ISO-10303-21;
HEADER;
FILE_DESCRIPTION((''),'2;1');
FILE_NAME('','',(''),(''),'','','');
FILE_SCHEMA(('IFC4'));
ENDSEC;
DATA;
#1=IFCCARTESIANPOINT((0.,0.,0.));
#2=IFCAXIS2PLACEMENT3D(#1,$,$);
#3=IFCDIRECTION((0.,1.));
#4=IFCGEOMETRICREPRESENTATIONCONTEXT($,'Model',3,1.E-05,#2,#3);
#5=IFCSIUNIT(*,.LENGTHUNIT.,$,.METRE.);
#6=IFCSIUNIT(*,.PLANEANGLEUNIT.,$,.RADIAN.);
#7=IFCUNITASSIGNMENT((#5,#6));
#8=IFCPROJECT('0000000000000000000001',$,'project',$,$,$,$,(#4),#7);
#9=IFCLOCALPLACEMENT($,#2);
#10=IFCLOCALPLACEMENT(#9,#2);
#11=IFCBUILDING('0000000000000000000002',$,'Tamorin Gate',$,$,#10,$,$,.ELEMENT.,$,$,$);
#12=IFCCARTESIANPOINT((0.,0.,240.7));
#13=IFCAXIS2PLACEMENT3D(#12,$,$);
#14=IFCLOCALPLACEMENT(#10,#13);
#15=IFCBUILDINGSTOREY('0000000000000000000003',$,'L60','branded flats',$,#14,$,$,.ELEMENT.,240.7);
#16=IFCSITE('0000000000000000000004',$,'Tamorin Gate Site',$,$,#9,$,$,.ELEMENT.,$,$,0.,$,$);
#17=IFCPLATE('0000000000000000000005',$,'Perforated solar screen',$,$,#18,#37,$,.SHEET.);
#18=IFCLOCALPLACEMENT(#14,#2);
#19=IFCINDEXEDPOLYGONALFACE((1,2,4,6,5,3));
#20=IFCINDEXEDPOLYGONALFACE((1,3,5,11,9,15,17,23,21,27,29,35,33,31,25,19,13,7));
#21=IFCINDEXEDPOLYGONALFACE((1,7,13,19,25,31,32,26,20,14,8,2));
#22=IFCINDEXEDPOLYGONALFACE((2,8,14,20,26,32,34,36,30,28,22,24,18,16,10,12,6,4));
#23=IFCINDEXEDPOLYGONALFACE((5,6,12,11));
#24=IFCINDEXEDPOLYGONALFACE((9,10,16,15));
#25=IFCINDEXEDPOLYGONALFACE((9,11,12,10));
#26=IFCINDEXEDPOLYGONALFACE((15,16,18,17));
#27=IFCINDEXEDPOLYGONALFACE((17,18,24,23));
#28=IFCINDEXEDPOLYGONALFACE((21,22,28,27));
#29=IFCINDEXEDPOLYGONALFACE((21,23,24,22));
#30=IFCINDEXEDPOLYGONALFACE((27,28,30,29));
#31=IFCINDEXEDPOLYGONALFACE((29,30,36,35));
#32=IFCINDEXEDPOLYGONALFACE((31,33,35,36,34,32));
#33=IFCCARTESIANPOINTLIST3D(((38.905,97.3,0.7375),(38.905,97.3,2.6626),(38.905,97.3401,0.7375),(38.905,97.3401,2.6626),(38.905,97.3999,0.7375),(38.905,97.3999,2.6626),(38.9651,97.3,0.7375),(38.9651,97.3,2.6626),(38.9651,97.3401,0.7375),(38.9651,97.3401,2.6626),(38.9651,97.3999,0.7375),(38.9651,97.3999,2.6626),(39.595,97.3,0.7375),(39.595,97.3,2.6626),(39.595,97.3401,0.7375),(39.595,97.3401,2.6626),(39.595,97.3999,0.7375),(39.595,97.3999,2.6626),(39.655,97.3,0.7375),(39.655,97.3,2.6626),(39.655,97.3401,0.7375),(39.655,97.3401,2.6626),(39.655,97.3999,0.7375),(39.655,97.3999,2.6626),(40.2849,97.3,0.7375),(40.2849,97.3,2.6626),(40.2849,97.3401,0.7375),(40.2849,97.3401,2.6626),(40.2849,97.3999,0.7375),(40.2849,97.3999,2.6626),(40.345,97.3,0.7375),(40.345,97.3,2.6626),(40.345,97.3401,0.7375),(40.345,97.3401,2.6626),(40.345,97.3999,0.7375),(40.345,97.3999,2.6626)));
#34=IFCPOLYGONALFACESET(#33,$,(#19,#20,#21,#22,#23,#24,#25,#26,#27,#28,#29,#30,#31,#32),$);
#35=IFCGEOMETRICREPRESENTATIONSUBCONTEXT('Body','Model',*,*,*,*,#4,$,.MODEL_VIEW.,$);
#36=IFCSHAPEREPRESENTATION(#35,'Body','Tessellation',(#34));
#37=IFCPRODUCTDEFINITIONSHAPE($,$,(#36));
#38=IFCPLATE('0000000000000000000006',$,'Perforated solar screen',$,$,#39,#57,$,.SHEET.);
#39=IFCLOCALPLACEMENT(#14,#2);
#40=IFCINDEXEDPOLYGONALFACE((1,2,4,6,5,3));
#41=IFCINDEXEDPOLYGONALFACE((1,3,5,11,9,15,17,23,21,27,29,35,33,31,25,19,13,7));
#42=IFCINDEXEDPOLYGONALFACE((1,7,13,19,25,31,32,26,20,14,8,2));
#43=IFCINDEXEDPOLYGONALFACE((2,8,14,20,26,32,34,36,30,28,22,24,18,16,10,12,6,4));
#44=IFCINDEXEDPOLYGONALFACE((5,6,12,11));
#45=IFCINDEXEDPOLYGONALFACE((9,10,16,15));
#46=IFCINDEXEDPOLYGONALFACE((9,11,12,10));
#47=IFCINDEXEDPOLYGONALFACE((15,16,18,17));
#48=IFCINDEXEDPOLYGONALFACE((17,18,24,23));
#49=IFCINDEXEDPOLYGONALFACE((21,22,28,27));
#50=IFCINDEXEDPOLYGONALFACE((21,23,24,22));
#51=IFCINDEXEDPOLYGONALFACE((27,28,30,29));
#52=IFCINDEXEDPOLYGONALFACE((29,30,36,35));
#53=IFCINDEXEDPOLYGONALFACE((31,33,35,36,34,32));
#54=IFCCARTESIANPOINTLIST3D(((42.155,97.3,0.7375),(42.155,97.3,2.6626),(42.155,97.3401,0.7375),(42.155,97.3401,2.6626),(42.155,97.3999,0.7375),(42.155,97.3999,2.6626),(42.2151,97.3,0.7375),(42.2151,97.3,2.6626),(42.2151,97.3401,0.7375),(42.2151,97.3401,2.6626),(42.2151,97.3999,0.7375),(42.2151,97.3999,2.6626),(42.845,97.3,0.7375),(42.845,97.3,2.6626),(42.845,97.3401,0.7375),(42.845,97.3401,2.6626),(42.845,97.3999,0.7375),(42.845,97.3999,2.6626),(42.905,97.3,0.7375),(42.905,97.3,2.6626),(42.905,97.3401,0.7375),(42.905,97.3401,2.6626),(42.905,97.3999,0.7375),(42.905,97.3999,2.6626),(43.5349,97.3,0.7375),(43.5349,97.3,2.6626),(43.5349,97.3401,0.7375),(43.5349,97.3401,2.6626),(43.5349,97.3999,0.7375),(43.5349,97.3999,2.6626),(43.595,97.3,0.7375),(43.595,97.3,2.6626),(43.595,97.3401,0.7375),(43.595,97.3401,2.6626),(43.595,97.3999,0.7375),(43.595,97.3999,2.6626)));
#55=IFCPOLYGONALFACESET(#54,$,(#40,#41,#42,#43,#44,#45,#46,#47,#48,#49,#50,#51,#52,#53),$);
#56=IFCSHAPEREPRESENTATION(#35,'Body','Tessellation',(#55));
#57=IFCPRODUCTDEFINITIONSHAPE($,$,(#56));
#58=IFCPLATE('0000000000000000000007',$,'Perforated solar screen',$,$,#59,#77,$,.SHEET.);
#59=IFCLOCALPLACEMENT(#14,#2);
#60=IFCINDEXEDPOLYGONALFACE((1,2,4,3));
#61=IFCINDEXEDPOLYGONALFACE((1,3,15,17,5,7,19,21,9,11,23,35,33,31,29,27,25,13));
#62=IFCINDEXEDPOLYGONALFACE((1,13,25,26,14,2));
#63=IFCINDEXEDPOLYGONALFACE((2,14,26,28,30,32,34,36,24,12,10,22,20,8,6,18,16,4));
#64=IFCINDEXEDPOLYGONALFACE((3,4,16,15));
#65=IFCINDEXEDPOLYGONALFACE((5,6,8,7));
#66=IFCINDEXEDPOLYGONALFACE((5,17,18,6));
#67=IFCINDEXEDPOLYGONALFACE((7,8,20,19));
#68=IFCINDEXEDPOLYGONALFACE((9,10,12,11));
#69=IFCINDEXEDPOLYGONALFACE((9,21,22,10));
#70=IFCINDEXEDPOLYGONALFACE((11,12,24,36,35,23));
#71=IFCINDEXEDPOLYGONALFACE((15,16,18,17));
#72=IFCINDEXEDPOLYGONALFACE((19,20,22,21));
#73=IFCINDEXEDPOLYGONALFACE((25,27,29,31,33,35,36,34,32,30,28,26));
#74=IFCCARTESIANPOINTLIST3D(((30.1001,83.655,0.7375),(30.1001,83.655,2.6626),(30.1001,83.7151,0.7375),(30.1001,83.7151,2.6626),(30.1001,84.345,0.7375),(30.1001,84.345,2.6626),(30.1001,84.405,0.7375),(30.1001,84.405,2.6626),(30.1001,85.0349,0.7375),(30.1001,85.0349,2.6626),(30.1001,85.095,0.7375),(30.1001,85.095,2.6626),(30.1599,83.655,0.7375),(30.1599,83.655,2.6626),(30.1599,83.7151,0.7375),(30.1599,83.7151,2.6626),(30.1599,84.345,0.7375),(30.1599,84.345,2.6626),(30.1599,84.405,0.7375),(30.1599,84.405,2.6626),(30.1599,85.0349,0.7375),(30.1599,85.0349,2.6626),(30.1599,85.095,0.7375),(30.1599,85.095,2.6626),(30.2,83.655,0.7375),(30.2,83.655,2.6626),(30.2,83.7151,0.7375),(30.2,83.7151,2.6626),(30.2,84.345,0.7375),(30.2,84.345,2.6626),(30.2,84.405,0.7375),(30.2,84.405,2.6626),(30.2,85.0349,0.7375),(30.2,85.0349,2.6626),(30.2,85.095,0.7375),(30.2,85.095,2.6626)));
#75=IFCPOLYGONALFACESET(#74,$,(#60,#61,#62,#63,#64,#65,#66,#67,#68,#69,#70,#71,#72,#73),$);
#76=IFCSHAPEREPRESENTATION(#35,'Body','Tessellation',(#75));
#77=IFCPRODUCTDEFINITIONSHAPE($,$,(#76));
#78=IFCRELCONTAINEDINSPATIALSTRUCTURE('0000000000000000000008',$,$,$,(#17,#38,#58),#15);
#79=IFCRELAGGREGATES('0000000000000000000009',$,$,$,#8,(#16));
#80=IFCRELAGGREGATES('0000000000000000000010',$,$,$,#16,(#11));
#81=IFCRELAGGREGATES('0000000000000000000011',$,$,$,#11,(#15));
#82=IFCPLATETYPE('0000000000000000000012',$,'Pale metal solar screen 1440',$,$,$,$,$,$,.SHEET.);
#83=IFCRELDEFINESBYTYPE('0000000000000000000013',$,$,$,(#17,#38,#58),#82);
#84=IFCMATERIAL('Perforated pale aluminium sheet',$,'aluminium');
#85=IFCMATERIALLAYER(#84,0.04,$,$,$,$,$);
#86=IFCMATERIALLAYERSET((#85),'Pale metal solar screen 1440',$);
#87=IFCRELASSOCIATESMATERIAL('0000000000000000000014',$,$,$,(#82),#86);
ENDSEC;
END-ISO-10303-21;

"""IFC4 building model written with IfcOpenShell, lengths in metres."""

from ifc_helpers import new_model, si_unit, direction, frame, origin, place, context, subcontext, project, spatial, polyline, outline, extrude, material, layer, layer_set, type_object, element, save


model = new_model("IFC4")

# Units and contexts
model_context = context("Model", 3, precision=1e-05, world=origin(), true_north=direction((0.0, 1.0)))
body_context = subcontext(model_context, "Body", "Model", "MODEL_VIEW")
ifc_project = project(units=[si_unit("LENGTHUNIT", "METRE"), si_unit("PLANEANGLEUNIT", "RADIAN")], contexts=[model_context])

# Site, building, storey
site_placement = place(None, origin())
site = spatial("IfcSite", under=ifc_project, at=site_placement, Name="Tamorin Gate Site", CompositionType="ELEMENT", RefElevation=0.0)
building_placement = place(site_placement, origin())
building = spatial("IfcBuilding", under=site, at=building_placement, Name="Tamorin Gate", CompositionType="ELEMENT")
storey_placement = place(building_placement, frame((0.0, 0.0, 240.7)))
storey = spatial("IfcBuildingStorey", under=building, at=storey_placement, Name="L60", Description="branded flats", CompositionType="ELEMENT", Elevation=240.7)

# Plates
ifc_material_1 = material(Name="Perforated pale aluminium sheet", Category="aluminium")
ifc_layer_1 = layer(ifc_material_1, 0.04)
ifc_layer_set_1 = layer_set([ifc_layer_1], Name="Pale metal solar screen 1440")
plate_type = type_object("IfcPlateType", Name="Pale metal solar screen 1440", PredefinedType="SHEET", material=ifc_layer_set_1)
plate_1_placement = place(storey_placement, frame((0.0, 0.0, 0.7375)))
element("IfcPlate", 1, at=plate_1_placement, inside=storey, type_object=plate_type, Name="Perforated solar screen", PredefinedType="SHEET", context=body_context, shape_type="SweptSolid", body=[
    extrude(outline(polyline([(40.345, 97.3401), (40.345, 97.3), (40.2849, 97.3), (39.655, 97.3), (39.595, 97.3), (38.9651, 97.3), (38.905, 97.3), (38.905, 97.3401), (38.905, 97.3999), (38.9651, 97.3999), (38.9651, 97.3401), (39.595, 97.3401), (39.595, 97.3999), (39.655, 97.3999), (39.655, 97.3401), (40.2849, 97.3401), (40.2849, 97.3999), (40.345, 97.3999), (40.345, 97.3401)])), origin(), (0.0, 0.0, 1.0), 1.925),
])
plate_2_placement = place(storey_placement, frame((0.0, 0.0, 0.7375)))
element("IfcPlate", 2, at=plate_2_placement, inside=storey, type_object=plate_type, Name="Perforated solar screen", PredefinedType="SHEET", context=body_context, shape_type="SweptSolid", body=[
    extrude(outline(polyline([(43.595, 97.3401), (43.595, 97.3), (43.5349, 97.3), (42.905, 97.3), (42.845, 97.3), (42.2151, 97.3), (42.155, 97.3), (42.155, 97.3401), (42.155, 97.3999), (42.2151, 97.3999), (42.2151, 97.3401), (42.845, 97.3401), (42.845, 97.3999), (42.905, 97.3999), (42.905, 97.3401), (43.5349, 97.3401), (43.5349, 97.3999), (43.595, 97.3999), (43.595, 97.3401)])), origin(), (0.0, 0.0, 1.0), 1.925),
])
plate_3_placement = place(storey_placement, frame((0.0, 0.0, 0.7375)))
element("IfcPlate", 3, at=plate_3_placement, inside=storey, type_object=plate_type, Name="Perforated solar screen", PredefinedType="SHEET", context=body_context, shape_type="SweptSolid", body=[
    extrude(outline(polyline([(30.1599, 85.095), (30.2, 85.095), (30.2, 85.0349), (30.2, 84.405), (30.2, 84.345), (30.2, 83.7151), (30.2, 83.655), (30.1599, 83.655), (30.1001, 83.655), (30.1001, 83.7151), (30.1599, 83.7151), (30.1599, 84.345), (30.1001, 84.345), (30.1001, 84.405), (30.1599, 84.405), (30.1599, 85.0349), (30.1001, 85.0349), (30.1001, 85.095), (30.1599, 85.095)])), origin(), (0.0, 0.0, 1.0), 1.925),
])

save(model, "model.ifc")
